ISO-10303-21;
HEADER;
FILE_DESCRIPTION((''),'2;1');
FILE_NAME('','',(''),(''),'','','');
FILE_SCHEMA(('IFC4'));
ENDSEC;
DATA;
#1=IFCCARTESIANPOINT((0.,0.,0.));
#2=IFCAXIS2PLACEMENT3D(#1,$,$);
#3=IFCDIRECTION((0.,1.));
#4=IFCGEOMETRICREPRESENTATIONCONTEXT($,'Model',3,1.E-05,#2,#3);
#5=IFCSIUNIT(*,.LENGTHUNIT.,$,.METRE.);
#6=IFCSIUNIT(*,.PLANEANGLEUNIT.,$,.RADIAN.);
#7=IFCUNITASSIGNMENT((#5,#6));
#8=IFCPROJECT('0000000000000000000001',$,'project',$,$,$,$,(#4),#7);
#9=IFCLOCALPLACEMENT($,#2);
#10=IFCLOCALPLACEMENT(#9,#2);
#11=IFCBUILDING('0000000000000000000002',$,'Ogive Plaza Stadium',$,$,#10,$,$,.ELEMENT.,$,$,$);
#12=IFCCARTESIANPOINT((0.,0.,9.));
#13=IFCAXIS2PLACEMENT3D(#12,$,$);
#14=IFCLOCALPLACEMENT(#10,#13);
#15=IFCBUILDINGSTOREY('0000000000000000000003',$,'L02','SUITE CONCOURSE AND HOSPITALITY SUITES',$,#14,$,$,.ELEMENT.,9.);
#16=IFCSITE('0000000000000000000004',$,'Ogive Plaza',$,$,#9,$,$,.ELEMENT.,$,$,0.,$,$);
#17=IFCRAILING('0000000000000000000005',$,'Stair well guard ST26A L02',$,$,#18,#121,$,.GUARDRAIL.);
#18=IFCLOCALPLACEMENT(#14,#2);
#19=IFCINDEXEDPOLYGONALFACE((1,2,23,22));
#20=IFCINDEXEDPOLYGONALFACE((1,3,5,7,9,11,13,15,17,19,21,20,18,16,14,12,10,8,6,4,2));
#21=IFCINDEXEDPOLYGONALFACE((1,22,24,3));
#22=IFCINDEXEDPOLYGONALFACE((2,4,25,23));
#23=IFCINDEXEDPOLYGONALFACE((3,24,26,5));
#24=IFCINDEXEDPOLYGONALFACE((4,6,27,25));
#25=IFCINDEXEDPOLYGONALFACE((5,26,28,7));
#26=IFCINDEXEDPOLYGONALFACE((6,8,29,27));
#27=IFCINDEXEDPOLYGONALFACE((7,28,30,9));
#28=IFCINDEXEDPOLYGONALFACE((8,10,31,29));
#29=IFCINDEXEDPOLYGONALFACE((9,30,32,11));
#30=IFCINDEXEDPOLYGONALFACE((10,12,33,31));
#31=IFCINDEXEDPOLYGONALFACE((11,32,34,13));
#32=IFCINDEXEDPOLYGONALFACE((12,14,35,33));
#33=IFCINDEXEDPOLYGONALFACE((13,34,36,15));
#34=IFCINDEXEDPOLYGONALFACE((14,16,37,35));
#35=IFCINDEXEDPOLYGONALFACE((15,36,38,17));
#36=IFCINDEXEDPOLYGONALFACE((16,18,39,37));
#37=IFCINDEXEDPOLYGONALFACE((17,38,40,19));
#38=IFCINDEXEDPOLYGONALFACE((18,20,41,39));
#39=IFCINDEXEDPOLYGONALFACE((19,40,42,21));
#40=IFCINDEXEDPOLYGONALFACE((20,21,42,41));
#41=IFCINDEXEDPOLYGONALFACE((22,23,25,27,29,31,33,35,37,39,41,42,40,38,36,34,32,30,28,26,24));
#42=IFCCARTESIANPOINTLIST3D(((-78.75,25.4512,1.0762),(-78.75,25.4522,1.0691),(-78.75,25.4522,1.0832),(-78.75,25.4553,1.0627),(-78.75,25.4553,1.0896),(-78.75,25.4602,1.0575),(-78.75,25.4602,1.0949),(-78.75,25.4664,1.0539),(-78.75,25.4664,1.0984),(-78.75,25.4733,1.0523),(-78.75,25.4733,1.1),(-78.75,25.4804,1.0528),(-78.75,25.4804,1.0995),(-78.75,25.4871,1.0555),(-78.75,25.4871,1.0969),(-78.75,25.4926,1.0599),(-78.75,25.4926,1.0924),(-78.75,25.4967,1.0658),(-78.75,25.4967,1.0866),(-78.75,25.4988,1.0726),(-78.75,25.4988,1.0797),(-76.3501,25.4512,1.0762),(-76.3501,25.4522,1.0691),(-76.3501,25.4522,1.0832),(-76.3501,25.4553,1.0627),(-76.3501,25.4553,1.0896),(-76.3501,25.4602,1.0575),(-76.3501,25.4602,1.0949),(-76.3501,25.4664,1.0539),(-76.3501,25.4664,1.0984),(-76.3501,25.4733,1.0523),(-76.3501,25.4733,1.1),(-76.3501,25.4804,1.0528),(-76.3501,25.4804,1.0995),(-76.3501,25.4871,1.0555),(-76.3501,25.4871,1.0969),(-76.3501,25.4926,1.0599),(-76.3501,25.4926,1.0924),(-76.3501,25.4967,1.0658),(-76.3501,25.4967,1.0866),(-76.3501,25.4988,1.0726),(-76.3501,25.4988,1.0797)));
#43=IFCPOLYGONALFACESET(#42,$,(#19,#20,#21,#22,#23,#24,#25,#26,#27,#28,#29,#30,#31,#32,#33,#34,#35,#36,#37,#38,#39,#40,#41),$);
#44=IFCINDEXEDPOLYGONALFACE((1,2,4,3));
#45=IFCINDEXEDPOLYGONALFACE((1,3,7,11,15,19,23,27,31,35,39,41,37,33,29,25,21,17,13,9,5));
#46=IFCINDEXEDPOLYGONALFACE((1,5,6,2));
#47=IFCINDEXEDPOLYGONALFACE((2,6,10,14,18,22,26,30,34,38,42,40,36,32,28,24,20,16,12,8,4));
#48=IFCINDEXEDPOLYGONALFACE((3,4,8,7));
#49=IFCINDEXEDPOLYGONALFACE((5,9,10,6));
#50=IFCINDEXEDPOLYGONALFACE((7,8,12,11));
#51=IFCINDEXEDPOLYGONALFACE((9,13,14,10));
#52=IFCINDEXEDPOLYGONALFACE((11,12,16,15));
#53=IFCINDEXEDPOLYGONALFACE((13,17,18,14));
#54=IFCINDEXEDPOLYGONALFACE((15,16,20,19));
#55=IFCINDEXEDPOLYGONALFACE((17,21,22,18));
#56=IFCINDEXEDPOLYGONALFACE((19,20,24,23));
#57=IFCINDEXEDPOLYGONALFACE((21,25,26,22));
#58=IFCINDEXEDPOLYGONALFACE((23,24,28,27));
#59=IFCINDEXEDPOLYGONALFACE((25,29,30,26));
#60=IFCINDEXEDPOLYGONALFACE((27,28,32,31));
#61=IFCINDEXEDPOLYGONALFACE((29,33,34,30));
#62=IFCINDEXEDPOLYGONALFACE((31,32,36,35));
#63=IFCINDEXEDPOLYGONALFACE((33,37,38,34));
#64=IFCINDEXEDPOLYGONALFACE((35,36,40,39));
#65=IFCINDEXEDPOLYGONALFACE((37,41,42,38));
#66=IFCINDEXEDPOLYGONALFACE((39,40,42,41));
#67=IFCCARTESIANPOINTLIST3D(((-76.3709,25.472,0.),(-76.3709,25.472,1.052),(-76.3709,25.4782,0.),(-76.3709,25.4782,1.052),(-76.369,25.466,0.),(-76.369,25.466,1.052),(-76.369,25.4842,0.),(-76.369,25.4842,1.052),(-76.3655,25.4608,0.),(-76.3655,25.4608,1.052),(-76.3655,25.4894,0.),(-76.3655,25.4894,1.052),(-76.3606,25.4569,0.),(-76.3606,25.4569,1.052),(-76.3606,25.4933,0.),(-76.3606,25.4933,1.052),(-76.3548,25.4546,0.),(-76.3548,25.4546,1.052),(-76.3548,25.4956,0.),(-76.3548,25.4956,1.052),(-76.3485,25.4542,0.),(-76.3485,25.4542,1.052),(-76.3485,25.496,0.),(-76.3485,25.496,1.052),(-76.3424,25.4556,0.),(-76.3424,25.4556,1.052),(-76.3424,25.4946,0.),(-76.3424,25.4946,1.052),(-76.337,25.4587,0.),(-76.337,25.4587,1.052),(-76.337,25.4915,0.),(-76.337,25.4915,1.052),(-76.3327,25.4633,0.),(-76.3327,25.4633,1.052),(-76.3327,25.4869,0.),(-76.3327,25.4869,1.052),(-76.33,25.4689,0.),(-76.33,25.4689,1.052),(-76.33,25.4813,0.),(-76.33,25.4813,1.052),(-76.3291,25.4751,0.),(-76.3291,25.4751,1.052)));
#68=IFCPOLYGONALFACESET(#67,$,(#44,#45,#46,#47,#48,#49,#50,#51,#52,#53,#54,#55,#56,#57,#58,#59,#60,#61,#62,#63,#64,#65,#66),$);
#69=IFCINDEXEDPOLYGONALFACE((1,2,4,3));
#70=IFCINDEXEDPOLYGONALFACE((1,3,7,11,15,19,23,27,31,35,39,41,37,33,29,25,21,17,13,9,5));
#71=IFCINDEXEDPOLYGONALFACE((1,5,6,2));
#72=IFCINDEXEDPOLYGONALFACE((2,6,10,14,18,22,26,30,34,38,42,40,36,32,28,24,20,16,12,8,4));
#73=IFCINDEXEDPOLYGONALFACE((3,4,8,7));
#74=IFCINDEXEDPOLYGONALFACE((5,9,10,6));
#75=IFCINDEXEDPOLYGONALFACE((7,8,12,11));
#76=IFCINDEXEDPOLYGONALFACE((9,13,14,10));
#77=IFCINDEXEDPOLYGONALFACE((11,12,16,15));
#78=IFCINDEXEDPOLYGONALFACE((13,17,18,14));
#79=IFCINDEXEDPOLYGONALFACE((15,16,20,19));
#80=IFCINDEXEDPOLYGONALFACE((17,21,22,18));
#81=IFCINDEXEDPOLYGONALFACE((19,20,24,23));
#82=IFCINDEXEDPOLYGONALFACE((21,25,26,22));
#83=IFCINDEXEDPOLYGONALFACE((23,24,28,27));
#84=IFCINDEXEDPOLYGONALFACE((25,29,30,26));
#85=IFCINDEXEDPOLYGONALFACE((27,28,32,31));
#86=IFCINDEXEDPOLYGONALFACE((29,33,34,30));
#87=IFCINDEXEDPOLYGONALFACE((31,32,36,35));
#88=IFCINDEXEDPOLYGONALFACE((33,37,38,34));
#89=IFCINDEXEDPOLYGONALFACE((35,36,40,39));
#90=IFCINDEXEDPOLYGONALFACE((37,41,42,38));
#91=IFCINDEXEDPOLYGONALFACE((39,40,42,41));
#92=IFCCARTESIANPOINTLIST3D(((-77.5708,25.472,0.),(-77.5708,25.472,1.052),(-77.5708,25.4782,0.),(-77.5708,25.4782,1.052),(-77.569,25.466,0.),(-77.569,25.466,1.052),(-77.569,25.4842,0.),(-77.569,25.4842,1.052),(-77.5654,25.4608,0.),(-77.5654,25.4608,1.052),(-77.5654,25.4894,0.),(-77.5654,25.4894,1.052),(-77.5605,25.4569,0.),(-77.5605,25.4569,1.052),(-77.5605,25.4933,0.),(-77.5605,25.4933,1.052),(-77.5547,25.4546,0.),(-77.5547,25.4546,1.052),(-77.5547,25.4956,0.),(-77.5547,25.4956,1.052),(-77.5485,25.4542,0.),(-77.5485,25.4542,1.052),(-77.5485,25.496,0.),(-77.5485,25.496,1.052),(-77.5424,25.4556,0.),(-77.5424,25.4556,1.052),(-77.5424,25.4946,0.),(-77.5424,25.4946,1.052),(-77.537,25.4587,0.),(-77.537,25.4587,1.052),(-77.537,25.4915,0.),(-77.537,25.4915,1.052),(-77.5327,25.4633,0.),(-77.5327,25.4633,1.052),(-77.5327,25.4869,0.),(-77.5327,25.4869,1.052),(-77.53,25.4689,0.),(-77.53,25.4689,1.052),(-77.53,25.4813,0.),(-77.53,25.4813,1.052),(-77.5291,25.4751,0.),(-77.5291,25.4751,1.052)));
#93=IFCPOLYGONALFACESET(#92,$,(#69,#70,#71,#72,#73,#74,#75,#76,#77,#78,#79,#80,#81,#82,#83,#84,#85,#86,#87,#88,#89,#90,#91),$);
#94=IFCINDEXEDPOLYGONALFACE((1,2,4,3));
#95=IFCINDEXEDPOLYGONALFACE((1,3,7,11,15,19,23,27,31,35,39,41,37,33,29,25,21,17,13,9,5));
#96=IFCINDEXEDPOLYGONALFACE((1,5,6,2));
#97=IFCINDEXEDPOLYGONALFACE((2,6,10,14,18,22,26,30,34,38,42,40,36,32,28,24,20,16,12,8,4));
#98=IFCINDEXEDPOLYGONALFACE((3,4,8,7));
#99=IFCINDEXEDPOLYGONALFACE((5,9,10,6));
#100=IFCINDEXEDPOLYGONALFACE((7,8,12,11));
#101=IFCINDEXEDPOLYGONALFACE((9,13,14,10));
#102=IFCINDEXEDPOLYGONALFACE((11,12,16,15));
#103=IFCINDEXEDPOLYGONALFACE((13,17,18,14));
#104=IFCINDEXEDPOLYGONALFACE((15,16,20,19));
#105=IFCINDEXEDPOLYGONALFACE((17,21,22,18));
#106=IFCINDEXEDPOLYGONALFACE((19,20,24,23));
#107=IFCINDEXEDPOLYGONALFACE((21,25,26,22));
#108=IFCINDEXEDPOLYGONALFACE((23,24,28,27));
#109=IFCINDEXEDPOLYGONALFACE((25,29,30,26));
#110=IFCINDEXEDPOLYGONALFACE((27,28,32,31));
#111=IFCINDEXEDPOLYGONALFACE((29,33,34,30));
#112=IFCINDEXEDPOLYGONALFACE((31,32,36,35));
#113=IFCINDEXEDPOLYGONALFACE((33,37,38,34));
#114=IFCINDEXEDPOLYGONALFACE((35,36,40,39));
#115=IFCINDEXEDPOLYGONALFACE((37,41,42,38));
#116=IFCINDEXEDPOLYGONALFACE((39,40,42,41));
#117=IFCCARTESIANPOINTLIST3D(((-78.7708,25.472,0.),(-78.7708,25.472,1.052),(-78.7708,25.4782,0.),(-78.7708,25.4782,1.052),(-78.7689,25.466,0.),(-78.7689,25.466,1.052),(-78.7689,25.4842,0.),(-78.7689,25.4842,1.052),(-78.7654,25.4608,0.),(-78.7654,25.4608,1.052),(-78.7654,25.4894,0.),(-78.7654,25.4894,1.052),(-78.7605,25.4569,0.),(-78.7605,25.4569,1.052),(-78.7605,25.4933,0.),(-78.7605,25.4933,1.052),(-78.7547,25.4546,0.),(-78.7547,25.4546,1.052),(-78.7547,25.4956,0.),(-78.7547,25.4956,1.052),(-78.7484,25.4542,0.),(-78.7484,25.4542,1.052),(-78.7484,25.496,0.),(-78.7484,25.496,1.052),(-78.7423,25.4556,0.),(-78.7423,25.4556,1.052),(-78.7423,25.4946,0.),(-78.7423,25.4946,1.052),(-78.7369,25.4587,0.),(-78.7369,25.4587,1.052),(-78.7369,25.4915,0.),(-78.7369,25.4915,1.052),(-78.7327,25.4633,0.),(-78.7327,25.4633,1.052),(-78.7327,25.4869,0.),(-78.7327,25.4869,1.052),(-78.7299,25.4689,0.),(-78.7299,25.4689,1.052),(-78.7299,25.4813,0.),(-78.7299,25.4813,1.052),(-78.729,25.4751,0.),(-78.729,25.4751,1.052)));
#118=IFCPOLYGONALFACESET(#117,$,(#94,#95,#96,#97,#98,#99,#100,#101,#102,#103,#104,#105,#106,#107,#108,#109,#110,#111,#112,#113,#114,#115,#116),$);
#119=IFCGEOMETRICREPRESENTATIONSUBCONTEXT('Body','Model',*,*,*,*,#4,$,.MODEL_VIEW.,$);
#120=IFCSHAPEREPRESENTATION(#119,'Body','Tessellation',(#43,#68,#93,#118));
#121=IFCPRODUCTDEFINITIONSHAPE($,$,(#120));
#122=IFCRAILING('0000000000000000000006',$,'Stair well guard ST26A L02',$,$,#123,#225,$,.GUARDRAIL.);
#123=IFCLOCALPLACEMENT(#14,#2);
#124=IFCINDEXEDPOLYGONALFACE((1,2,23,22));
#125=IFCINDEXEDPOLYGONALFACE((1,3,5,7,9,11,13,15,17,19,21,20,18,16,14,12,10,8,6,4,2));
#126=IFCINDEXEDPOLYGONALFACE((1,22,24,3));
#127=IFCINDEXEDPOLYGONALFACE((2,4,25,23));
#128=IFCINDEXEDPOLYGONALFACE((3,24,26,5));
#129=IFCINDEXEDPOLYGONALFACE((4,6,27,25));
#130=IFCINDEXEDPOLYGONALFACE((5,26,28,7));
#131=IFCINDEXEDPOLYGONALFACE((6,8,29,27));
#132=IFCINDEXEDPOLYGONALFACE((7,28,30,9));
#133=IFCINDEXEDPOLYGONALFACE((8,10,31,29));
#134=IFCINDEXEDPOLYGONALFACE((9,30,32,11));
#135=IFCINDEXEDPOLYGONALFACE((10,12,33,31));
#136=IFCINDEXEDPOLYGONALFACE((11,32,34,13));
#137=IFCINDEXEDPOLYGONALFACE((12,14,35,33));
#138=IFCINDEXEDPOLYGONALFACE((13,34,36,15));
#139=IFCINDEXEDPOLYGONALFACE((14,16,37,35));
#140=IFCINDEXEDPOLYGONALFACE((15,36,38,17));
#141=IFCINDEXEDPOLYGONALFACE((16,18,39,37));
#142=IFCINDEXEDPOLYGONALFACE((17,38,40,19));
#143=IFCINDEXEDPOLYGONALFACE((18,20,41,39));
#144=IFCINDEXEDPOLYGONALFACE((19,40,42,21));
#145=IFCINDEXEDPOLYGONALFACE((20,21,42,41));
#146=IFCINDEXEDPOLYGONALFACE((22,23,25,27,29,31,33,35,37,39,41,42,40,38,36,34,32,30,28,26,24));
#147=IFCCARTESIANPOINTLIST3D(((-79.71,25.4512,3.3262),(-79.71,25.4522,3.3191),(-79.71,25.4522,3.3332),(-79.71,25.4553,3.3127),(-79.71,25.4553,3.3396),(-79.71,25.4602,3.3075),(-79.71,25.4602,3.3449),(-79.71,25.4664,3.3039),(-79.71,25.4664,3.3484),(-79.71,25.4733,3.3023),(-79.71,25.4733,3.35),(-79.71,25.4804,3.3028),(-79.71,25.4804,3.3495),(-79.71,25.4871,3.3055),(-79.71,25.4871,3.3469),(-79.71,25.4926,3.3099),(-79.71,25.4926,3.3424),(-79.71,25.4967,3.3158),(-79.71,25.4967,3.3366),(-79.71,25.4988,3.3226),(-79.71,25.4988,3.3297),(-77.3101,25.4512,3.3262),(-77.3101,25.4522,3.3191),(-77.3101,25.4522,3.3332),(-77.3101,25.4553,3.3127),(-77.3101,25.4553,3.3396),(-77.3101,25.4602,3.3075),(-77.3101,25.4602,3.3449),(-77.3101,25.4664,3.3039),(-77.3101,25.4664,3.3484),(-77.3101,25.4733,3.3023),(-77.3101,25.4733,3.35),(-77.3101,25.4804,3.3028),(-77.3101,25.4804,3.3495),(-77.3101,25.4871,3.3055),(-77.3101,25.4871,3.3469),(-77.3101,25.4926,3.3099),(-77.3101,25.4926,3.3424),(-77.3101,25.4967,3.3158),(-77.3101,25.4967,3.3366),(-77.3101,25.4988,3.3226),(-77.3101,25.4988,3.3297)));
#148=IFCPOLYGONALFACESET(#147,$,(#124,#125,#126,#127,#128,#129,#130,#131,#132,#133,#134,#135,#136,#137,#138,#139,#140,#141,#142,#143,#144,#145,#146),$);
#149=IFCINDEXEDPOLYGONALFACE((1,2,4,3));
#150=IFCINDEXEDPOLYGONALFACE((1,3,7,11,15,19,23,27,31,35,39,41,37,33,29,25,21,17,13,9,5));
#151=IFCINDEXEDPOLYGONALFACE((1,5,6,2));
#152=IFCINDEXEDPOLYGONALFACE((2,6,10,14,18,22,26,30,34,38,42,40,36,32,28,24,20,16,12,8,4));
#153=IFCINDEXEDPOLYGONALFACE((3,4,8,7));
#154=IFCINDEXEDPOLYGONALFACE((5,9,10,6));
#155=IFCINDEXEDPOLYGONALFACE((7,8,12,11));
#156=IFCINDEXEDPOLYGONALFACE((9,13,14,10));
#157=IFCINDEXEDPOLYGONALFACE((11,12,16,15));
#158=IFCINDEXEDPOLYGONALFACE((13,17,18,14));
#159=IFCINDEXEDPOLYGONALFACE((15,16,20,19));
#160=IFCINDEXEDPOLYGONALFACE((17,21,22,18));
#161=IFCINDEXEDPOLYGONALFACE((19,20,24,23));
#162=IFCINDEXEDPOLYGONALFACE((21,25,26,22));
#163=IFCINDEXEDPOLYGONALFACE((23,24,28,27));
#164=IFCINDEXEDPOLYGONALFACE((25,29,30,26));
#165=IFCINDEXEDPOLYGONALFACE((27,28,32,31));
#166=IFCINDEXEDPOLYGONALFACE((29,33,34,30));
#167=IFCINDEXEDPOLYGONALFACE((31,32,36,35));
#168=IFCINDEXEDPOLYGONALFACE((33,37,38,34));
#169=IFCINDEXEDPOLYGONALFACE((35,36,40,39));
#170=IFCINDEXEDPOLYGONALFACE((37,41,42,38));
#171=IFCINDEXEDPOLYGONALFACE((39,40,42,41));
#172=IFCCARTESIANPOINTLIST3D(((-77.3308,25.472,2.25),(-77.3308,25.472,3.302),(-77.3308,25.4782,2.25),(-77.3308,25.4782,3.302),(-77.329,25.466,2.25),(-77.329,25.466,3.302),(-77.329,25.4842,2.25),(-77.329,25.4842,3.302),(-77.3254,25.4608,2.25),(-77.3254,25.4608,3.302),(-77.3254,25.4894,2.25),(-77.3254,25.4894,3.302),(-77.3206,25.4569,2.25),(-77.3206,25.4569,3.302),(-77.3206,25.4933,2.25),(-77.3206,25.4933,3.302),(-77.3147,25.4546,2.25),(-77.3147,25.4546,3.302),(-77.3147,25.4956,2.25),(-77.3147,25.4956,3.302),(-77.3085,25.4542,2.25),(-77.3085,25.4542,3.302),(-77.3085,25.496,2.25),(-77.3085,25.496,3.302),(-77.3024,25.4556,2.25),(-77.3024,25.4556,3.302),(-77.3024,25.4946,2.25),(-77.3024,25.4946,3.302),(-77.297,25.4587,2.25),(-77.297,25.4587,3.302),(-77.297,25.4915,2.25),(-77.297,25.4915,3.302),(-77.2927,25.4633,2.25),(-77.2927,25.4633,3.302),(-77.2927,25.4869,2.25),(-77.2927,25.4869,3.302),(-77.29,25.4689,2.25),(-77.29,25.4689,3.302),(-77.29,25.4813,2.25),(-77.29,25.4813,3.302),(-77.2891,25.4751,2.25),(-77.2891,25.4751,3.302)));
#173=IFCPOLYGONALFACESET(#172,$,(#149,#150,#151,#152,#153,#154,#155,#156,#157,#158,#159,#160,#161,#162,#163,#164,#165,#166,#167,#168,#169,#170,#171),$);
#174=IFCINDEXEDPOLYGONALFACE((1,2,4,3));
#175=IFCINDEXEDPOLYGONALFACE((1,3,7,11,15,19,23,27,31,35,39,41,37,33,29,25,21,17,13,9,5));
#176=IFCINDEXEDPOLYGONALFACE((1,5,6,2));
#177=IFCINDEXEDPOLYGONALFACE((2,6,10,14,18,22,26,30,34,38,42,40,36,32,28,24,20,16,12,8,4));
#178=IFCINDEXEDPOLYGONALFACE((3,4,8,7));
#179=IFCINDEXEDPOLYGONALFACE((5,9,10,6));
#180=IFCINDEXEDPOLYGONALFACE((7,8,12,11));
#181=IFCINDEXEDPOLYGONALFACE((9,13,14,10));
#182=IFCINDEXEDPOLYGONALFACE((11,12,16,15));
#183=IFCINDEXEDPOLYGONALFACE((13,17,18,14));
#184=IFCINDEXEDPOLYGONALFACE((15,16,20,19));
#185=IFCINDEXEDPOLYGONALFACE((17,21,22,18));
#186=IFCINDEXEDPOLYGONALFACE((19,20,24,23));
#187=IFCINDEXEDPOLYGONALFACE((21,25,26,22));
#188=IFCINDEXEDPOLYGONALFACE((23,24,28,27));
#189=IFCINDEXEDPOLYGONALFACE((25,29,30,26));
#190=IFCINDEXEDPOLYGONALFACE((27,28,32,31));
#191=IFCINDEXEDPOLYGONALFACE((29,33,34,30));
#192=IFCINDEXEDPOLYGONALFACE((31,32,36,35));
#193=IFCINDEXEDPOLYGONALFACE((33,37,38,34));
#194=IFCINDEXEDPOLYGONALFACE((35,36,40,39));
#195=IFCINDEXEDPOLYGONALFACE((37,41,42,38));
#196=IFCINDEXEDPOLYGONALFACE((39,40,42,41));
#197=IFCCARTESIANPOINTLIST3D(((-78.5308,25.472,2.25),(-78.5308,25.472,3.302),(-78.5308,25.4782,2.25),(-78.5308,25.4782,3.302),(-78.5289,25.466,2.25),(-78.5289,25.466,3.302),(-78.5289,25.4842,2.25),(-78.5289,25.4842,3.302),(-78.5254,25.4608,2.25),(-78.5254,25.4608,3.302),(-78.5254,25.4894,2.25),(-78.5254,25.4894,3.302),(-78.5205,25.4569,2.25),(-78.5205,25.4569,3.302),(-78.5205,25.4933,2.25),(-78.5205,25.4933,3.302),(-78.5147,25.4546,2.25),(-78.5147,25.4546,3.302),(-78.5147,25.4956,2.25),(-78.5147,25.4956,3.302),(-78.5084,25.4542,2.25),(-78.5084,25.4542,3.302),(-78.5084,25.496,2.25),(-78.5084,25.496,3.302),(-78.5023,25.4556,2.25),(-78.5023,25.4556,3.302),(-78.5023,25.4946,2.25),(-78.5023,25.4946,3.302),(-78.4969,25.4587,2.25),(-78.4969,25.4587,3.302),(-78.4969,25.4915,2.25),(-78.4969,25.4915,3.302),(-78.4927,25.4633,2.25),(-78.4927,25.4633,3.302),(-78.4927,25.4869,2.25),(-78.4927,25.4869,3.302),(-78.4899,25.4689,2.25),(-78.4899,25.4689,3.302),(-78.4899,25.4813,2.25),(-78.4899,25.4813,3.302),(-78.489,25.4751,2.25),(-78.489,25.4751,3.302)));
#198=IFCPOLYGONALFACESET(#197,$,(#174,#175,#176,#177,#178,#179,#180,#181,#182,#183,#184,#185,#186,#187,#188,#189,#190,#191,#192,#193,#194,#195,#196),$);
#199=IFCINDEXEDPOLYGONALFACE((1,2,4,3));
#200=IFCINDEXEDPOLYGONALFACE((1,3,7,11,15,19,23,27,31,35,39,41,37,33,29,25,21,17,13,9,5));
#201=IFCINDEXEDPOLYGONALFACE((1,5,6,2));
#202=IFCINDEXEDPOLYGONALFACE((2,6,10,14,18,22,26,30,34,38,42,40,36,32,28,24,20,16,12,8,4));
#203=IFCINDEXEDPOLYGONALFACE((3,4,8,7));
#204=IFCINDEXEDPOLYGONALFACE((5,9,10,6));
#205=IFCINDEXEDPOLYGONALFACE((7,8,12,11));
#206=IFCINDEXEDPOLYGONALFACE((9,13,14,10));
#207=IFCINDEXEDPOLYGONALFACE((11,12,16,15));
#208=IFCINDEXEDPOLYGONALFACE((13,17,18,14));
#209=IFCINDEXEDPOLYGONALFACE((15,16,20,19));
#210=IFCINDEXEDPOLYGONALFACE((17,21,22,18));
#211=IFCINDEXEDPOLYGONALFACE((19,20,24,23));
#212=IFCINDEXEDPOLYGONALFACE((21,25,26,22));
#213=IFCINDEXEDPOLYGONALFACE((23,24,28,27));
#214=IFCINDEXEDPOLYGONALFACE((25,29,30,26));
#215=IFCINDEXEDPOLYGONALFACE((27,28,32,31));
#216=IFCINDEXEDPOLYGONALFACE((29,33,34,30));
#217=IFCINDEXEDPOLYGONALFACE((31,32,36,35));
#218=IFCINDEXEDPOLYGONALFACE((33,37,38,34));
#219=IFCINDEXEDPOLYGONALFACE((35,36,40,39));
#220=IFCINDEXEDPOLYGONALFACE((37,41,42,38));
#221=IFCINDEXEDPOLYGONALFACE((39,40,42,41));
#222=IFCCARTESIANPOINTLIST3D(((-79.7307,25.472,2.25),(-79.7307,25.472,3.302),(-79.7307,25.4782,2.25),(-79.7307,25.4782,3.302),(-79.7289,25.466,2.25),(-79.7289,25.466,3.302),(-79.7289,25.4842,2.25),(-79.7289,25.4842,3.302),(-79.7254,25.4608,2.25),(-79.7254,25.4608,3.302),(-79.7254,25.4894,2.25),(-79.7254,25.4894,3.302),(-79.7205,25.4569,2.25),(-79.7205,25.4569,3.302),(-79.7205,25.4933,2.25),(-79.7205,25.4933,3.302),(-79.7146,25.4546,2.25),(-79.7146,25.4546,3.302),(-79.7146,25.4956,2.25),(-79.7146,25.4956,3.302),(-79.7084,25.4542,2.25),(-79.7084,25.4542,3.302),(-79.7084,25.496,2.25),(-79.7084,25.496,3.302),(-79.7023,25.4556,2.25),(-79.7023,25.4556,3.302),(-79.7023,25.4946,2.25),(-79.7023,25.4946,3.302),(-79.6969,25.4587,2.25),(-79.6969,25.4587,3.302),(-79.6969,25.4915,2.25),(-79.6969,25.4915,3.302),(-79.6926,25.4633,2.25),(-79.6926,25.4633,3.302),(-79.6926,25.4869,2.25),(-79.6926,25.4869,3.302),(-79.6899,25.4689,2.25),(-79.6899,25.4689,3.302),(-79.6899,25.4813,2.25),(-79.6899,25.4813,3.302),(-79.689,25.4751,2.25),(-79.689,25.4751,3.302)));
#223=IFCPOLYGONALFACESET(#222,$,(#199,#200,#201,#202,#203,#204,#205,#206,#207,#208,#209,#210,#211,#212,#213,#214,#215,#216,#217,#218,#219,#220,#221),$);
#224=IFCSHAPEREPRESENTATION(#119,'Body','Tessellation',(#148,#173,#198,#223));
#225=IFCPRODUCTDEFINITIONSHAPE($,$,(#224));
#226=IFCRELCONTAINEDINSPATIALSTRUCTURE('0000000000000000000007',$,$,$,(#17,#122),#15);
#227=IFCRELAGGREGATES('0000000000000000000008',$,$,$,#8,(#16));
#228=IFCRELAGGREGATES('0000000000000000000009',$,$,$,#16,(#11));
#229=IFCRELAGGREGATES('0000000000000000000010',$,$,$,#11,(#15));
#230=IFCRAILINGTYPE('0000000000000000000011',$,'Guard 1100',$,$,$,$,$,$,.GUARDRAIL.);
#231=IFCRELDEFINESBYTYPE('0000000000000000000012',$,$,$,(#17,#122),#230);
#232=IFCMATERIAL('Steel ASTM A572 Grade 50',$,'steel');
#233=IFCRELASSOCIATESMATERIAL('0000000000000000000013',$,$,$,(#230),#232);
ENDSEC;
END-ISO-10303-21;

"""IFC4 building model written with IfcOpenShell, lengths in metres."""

from ifc_helpers import new_model, si_unit, direction, frame, origin, origin_2d, place, context, subcontext, project, spatial, circle, extrude, material, type_object, element, save


model = new_model("IFC4")

# Units and contexts
model_context = context("Model", 3, precision=1e-05, world=origin(), true_north=direction((0.0, 1.0)))
body_context = subcontext(model_context, "Body", "Model", "MODEL_VIEW")
ifc_project = project(units=[si_unit("LENGTHUNIT", "METRE"), si_unit("PLANEANGLEUNIT", "RADIAN")], contexts=[model_context])

# Site, building, storey
site_placement = place(None, origin())
site = spatial("IfcSite", under=ifc_project, at=site_placement, Name="Ogive Plaza", CompositionType="ELEMENT", RefElevation=0.0)
building_placement = place(site_placement, origin())
building = spatial("IfcBuilding", under=site, at=building_placement, Name="Ogive Plaza Stadium", CompositionType="ELEMENT")
storey_placement = place(building_placement, frame((0.0, 0.0, 9.0)))
storey = spatial("IfcBuildingStorey", under=building, at=storey_placement, Name="L02", Description="SUITE CONCOURSE AND HOSPITALITY SUITES", CompositionType="ELEMENT", Elevation=9.0)

# Railings
ifc_material_1 = material(Name="Steel ASTM A572 Grade 50", Category="steel")
railing_type_1 = type_object("IfcRailingType", Name="Guard 1100", PredefinedType="GUARDRAIL", material=ifc_material_1)
for number, where, name in (
    (1, (-76.3501, 25.4751, 0.0), "Stair well guard ST26A L02"),
    (2, (-77.3101, 25.4751, 2.25), "Stair well guard ST26A L02"),
):
    element("IfcRailing", number, at=place(storey_placement, frame(where)), inside=storey, type_object=railing_type_1, Name=name, PredefinedType="GUARDRAIL", context=body_context, shape_type="SweptSolid", body=[
        extrude(circle(Radius=0.0239, at=origin_2d()), frame((0.0, 0.0, 1.0762), z_axis=(-1.0, 0.0, 0.0), x_axis=(0.0, -1.0, 0.0)), (0.0, 0.0, 1.0), 2.3999),
        extrude(circle(Radius=0.021, at=origin_2d()), origin(), (0.0, 0.0, 1.0), 1.052),
        extrude(circle(Radius=0.021, at=origin_2d()), frame((-1.2, 0.0, 0.0)), (0.0, 0.0, 1.0), 1.052),
        extrude(circle(Radius=0.021, at=origin_2d()), frame((-2.3999, 0.0, 0.0)), (0.0, 0.0, 1.0), 1.052),
    ])

save(model, "model.ifc")
